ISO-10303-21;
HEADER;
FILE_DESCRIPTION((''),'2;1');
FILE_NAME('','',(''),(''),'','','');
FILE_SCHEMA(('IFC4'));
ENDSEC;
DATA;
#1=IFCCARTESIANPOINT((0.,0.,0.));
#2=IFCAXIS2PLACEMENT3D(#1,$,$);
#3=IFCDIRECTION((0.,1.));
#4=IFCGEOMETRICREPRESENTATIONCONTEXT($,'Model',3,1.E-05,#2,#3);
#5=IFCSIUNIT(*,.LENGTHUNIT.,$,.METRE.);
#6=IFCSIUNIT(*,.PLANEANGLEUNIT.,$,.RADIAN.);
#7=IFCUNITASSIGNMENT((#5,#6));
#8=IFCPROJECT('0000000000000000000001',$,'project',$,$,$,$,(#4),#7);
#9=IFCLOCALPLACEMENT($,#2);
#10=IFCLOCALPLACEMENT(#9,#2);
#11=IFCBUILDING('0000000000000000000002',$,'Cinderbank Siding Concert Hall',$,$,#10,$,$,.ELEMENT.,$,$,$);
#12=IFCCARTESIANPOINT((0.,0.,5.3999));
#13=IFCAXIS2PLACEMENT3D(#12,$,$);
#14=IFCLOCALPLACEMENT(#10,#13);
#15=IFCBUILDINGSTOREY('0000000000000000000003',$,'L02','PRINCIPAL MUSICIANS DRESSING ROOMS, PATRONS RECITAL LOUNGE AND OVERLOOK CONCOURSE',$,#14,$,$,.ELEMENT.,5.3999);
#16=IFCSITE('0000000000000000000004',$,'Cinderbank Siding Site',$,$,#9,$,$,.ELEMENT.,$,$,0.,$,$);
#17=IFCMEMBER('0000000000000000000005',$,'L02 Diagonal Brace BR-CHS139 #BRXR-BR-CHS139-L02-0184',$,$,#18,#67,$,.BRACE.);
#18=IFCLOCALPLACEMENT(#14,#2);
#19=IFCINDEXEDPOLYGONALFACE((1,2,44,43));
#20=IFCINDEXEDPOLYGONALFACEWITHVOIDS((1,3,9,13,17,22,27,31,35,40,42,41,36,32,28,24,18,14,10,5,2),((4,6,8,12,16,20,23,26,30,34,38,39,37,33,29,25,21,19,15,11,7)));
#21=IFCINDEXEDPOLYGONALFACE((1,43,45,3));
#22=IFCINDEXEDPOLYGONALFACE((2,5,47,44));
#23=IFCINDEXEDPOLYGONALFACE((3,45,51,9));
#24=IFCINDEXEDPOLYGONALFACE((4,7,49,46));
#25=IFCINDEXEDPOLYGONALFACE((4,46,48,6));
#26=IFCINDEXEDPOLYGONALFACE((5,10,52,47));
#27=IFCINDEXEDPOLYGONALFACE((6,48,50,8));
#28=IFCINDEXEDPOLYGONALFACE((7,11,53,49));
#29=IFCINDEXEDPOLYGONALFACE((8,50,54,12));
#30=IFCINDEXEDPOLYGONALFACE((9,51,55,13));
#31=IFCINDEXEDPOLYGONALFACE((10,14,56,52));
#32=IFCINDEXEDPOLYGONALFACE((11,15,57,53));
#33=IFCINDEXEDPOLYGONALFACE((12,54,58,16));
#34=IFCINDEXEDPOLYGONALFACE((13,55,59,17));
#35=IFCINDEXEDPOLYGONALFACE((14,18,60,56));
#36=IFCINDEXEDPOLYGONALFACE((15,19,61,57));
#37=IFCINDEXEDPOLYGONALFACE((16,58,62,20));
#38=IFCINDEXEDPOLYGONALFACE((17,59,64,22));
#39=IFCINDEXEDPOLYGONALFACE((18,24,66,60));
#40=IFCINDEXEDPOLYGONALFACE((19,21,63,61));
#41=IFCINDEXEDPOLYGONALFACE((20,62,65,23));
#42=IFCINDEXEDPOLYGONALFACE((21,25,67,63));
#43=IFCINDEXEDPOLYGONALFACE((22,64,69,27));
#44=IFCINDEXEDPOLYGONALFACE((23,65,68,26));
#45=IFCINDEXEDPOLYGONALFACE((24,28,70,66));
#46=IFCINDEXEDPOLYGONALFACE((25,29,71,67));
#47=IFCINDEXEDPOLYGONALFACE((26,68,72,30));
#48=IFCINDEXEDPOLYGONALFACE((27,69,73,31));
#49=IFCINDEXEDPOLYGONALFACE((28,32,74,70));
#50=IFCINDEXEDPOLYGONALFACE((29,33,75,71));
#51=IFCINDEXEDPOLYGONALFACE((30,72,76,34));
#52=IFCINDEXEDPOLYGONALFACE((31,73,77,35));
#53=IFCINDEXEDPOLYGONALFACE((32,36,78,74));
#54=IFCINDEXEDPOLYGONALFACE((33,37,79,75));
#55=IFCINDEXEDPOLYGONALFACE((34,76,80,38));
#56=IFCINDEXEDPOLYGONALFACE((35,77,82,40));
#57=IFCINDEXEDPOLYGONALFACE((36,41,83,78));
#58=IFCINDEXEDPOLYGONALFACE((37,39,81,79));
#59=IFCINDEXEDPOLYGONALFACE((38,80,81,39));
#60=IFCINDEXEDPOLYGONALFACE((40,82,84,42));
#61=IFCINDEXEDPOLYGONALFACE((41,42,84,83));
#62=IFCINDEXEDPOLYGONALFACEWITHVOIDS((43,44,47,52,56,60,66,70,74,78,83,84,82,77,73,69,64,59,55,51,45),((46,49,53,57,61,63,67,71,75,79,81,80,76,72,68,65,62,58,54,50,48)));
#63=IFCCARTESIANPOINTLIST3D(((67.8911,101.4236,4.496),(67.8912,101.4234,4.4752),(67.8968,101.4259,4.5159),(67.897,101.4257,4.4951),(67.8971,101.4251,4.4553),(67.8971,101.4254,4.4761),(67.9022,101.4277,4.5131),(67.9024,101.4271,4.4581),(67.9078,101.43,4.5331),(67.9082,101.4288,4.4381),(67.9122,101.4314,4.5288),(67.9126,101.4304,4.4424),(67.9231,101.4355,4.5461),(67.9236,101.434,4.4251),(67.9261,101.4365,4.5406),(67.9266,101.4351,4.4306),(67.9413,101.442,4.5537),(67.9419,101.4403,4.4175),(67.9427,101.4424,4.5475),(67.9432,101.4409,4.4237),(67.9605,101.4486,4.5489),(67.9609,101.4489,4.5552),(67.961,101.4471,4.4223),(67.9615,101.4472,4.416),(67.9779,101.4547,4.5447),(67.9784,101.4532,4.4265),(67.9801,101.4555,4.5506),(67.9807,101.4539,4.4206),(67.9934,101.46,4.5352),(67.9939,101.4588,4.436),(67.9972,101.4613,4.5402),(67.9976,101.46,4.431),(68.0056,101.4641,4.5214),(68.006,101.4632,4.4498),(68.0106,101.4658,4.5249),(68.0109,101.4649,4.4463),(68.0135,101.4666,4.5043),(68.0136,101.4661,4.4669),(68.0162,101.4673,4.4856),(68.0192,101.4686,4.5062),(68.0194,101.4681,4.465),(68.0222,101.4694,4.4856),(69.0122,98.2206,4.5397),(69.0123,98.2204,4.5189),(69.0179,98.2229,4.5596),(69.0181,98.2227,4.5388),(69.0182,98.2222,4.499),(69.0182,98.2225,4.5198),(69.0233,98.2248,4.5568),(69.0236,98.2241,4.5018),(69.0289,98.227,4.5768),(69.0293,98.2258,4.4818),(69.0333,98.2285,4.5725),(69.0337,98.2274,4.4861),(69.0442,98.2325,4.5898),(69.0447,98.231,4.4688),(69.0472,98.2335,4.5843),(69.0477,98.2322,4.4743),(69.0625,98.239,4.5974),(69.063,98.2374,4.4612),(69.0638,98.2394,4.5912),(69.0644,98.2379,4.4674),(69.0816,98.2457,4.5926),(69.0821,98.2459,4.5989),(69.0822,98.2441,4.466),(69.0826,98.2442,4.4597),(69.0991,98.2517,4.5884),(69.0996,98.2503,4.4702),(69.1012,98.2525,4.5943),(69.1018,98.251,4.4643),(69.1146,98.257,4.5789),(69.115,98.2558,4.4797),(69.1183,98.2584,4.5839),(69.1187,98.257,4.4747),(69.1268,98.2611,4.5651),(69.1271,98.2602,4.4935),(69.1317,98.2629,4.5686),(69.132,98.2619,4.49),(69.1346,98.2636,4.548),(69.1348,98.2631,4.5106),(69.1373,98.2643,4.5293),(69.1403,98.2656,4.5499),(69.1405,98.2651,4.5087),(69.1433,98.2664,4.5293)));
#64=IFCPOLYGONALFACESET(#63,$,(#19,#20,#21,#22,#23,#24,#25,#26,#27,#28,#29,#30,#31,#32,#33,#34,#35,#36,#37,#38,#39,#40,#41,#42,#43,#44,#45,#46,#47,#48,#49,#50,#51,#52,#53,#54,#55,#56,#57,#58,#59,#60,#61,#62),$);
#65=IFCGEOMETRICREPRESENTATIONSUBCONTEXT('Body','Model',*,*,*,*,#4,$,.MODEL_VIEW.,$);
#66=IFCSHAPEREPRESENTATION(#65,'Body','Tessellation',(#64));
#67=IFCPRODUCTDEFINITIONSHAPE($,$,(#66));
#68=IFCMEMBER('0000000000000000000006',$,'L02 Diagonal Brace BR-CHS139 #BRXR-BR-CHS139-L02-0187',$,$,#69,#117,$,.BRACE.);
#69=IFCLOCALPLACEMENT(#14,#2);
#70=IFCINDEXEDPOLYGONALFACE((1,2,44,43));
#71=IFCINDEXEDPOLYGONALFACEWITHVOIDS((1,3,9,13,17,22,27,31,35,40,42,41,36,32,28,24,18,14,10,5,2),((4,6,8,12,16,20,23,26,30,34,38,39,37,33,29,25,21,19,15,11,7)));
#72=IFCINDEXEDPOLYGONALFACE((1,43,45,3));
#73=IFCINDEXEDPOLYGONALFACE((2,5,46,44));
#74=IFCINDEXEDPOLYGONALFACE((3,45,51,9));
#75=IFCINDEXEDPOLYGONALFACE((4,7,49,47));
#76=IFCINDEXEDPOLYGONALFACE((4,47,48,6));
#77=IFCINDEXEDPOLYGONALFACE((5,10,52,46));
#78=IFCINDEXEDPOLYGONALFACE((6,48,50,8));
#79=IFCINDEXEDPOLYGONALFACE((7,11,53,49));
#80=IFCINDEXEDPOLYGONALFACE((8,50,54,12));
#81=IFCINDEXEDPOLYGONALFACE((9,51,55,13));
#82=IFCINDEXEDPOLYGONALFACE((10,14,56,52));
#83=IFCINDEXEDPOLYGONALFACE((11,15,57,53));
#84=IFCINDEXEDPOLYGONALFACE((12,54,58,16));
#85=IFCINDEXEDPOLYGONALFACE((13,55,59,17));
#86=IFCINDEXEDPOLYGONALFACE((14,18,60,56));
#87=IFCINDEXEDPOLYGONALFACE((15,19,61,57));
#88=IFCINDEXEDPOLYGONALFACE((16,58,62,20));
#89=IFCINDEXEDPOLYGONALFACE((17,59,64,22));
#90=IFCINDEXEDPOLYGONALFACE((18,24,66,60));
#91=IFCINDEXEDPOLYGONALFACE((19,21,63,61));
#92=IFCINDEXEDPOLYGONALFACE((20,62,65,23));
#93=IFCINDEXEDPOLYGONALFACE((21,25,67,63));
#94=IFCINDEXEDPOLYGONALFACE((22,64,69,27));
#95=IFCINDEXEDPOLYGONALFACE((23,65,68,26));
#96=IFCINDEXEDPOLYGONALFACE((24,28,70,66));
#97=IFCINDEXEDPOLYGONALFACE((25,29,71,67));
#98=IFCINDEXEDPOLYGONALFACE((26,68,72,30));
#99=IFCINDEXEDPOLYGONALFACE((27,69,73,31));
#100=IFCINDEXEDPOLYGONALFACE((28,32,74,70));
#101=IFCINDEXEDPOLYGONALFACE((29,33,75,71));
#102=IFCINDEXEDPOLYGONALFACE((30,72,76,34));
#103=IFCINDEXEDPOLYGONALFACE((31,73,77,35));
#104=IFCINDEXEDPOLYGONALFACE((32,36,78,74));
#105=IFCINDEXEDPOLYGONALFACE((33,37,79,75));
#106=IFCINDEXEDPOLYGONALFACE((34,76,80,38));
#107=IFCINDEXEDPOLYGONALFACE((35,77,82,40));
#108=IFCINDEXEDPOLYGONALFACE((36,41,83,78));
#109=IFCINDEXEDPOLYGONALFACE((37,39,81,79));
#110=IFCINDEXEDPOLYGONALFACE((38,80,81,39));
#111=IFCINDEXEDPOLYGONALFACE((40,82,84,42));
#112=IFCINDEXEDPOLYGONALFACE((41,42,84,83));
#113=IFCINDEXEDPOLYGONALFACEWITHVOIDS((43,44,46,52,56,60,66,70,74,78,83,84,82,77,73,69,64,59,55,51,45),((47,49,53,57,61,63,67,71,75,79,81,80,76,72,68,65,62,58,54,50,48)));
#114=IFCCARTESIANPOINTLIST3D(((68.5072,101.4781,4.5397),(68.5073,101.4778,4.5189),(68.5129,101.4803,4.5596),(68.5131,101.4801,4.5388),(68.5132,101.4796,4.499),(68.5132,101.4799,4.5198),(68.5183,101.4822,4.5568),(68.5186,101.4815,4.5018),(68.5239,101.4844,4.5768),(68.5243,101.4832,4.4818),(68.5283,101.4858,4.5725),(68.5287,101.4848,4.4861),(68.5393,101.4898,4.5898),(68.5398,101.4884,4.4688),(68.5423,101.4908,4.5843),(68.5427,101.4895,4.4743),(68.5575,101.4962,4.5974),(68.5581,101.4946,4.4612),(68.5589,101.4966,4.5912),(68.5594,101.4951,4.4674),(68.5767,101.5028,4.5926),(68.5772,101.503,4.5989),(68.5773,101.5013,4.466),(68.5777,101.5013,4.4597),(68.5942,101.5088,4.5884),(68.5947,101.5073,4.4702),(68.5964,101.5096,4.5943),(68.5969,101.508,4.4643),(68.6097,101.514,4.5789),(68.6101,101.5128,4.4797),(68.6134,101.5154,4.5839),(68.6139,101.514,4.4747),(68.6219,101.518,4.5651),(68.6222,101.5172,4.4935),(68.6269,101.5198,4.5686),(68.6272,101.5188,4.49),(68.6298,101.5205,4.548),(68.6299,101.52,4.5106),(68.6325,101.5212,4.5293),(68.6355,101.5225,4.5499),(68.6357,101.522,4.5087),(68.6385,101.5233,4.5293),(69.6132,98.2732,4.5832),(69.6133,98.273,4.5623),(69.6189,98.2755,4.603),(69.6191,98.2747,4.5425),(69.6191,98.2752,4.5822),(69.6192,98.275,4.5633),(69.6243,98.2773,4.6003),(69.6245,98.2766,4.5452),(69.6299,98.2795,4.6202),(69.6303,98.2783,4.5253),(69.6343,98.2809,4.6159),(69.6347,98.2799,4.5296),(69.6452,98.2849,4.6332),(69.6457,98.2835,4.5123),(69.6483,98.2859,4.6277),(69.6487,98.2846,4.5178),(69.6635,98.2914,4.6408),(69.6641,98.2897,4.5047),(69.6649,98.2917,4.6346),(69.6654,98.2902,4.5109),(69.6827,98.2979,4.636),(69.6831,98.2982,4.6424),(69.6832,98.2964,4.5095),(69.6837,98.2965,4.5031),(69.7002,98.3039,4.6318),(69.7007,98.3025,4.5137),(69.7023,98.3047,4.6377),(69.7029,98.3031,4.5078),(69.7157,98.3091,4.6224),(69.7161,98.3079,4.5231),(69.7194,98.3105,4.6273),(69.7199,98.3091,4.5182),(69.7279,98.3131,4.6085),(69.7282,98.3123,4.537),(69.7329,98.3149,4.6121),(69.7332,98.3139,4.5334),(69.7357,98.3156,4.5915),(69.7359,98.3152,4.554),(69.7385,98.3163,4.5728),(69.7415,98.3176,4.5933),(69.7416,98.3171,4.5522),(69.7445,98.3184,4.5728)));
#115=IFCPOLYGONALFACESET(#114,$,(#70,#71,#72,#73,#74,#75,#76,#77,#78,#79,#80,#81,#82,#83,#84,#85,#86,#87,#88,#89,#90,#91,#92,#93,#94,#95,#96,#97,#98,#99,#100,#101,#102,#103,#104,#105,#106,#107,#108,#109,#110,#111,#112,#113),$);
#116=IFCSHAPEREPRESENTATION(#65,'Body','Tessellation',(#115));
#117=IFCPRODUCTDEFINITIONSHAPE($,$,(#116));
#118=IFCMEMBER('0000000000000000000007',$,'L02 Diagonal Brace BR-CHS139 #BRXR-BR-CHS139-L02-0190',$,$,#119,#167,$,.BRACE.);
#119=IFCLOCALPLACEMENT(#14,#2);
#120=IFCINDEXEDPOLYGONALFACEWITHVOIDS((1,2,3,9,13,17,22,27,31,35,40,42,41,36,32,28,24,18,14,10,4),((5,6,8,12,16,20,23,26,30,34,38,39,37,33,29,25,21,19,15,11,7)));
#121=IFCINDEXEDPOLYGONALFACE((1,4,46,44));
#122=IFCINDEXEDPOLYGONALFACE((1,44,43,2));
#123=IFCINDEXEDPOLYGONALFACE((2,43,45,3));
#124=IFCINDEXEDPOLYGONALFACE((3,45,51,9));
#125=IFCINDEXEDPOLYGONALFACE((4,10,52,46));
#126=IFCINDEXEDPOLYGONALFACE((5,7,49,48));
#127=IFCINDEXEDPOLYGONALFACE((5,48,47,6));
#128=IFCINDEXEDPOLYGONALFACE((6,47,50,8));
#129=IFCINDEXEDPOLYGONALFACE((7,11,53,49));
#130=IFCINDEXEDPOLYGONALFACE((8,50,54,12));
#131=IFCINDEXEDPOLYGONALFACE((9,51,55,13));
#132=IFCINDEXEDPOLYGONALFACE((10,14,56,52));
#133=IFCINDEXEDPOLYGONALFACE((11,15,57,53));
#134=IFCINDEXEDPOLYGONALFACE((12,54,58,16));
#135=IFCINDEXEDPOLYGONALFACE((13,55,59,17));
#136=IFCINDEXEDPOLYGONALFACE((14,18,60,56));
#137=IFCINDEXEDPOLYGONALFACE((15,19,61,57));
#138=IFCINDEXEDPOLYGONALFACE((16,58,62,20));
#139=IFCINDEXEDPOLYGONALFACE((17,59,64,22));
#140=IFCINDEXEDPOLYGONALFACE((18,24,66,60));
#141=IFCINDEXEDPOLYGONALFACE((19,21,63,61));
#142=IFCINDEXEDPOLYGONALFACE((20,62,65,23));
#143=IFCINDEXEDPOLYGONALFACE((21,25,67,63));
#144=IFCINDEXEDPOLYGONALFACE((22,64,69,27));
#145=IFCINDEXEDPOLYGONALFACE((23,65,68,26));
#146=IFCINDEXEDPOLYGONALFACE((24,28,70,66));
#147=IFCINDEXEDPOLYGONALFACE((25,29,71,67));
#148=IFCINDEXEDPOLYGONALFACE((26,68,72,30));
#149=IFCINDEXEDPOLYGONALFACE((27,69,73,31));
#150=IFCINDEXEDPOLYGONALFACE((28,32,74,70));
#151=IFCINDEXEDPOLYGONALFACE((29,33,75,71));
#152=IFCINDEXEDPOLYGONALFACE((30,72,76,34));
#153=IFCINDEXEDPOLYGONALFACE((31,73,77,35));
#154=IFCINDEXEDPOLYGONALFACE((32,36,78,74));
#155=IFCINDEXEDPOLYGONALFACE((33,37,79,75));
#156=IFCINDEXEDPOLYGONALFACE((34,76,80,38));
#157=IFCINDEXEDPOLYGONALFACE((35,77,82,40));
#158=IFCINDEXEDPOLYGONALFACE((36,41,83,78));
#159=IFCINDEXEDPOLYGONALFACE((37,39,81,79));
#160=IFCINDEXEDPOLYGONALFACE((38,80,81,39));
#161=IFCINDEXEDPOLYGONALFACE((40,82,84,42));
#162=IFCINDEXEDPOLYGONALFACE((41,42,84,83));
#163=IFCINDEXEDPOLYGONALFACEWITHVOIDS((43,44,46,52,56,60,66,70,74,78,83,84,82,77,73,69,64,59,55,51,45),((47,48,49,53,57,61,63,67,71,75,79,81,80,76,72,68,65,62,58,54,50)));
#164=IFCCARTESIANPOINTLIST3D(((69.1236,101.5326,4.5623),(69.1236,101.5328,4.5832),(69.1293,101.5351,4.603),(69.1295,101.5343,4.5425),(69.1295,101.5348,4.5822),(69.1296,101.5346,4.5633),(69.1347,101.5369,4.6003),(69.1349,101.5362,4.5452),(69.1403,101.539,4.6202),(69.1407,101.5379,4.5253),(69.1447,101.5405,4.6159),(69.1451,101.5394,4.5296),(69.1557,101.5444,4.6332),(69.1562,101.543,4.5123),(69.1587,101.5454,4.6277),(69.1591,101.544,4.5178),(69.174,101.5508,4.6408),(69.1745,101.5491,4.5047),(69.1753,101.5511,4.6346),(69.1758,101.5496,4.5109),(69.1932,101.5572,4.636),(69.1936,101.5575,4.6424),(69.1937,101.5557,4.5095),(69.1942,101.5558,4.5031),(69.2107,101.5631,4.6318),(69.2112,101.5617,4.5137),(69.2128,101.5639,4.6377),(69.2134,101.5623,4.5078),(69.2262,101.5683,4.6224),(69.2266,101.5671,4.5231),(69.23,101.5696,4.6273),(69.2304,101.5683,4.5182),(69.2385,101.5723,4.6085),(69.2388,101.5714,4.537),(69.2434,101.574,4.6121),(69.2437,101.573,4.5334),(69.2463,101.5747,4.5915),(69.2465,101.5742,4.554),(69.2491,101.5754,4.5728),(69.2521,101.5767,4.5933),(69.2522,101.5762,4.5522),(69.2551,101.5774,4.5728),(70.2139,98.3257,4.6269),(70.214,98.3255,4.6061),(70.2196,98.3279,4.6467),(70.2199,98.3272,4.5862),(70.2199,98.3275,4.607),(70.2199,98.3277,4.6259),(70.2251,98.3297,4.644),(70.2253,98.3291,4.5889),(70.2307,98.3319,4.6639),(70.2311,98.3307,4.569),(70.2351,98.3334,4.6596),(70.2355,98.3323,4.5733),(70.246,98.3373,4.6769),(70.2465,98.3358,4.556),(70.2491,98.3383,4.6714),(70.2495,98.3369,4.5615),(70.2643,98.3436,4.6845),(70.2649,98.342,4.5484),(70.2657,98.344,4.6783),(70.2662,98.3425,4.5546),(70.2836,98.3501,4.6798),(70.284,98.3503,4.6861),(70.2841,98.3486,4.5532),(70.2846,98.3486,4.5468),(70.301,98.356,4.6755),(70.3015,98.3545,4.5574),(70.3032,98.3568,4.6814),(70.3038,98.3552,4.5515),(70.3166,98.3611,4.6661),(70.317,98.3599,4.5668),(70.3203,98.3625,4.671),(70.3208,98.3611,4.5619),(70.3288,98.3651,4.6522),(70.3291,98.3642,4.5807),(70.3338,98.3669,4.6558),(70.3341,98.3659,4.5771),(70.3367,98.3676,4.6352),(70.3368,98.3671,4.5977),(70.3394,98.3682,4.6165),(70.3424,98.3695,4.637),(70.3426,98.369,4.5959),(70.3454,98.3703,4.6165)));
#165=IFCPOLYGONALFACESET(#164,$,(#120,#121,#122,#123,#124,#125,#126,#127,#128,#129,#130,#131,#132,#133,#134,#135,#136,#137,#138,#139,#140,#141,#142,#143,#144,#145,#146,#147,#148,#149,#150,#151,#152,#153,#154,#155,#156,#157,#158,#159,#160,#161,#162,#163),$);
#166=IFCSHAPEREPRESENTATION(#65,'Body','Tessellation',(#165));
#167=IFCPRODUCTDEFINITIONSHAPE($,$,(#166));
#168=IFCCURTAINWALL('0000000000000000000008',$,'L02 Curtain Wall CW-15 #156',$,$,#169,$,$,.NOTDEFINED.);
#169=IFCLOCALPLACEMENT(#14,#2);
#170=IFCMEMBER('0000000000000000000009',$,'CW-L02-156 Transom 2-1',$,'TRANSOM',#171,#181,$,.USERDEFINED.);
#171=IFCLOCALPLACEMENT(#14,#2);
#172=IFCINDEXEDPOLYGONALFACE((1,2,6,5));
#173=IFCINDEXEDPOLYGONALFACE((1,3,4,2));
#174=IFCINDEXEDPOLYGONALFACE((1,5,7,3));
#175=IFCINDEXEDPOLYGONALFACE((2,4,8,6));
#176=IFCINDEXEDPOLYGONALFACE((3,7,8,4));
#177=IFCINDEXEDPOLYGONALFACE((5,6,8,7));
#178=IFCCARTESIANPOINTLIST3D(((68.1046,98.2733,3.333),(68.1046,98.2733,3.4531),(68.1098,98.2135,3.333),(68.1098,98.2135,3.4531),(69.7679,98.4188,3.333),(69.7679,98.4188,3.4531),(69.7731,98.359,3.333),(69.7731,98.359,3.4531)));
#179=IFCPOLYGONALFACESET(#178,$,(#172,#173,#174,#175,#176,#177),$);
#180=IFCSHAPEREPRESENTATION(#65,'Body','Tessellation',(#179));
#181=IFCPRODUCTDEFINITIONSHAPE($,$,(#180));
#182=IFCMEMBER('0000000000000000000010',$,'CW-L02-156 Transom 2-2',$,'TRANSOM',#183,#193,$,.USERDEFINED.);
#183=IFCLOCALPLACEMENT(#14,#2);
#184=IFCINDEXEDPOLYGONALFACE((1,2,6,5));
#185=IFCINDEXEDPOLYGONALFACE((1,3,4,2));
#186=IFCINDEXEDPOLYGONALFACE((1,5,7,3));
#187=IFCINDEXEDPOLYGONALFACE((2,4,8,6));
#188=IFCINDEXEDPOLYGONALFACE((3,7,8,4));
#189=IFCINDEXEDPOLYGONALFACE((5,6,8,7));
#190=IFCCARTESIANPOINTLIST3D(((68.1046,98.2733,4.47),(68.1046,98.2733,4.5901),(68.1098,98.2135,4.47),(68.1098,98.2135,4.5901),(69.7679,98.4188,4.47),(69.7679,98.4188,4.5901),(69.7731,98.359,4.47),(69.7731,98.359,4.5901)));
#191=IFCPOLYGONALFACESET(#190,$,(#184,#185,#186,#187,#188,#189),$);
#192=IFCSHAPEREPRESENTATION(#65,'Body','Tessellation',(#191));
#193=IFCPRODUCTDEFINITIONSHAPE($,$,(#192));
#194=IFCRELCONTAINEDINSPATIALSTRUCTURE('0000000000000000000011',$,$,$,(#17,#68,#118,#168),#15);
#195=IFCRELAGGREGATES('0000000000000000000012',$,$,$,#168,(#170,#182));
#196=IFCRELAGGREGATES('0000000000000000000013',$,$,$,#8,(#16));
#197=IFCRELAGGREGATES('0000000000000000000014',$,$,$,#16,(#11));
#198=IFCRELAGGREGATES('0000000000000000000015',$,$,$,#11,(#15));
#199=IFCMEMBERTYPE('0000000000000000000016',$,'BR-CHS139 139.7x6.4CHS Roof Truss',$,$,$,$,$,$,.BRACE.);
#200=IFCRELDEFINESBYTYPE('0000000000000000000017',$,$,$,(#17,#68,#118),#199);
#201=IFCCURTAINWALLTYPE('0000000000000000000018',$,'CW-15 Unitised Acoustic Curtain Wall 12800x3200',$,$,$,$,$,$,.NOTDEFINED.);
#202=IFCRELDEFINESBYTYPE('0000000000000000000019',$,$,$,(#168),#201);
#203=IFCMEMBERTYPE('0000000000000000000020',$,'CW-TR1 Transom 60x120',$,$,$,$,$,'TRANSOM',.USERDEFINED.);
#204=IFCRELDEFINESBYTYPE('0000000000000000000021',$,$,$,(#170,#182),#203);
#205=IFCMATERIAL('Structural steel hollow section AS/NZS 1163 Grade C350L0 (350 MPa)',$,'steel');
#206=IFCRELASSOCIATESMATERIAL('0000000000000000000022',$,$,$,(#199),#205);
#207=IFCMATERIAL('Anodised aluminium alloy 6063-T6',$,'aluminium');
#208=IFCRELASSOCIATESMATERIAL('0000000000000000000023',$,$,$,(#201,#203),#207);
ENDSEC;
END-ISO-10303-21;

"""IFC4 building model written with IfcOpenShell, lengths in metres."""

from ifc_helpers import new_model, si_unit, direction, frame, origin, origin_2d, place, context, subcontext, project, spatial, rectangle, hollow_circle, extrude, material, material_profile, profile_set, type_object, element, aggregate, save


model = new_model("IFC4")

# Units and contexts
model_context = context("Model", 3, precision=1e-05, world=origin(), true_north=direction((0.0, 1.0)))
body_context = subcontext(model_context, "Body", "Model", "MODEL_VIEW")
ifc_project = project(units=[si_unit("LENGTHUNIT", "METRE"), si_unit("PLANEANGLEUNIT", "RADIAN")], contexts=[model_context])

# Site, building, storey
site_placement = place(None, origin())
site = spatial("IfcSite", under=ifc_project, at=site_placement, Name="Cinderbank Siding Site", CompositionType="ELEMENT", RefElevation=0.0)
building_placement = place(site_placement, origin())
building = spatial("IfcBuilding", under=site, at=building_placement, Name="Cinderbank Siding Concert Hall", CompositionType="ELEMENT")
storey_placement = place(building_placement, frame((0.0, 0.0, 5.3999)))
storey = spatial("IfcBuildingStorey", under=building, at=storey_placement, Name="L02", Description="PRINCIPAL MUSICIANS DRESSING ROOMS, PATRONS RECITAL LOUNGE AND OVERLOOK CONCOURSE", CompositionType="ELEMENT", Elevation=5.3999)

# Members
ifc_material_1 = material(Name="Structural steel hollow section AS/NZS 1163 Grade C350L0 (350 MPa)", Category="steel")
ifc_material_profile_1 = material_profile(ifc_material_1, hollow_circle(Radius=0.0698, WallThickness=0.0063, at=origin_2d()), Name="139.7x6.4CHS", Category="LoadBearing")
ifc_profile_set_1 = profile_set([ifc_material_profile_1], Name="Structural steel hollow section AS/NZS 1163 Grade C350L0 (350 MPa)")
member_type_1 = type_object("IfcMemberType", Name="BR-CHS139 139.7x6.4CHS Roof Truss", PredefinedType="BRACE", material=ifc_profile_set_1)
member_1_placement = place(storey_placement, frame((67.9563, 101.4463, 4.4856), z_axis=(0.330345, -0.943772, 0.012877), x_axis=(0.943851, 0.330373, 0.0)))
element("IfcMember", 1, at=member_1_placement, inside=storey, type_object=member_type_1, Name="L02 Diagonal Brace BR-CHS139 #BRXR-BR-CHS139-L02-0184", PredefinedType="BRACE", context=body_context, shape_type="SweptSolid", body=[
    extrude(hollow_circle(Radius=0.0698, WallThickness=0.0063, at=origin_2d()), origin(), (0.0, 0.0, 1.0), 3.3938),
])
member_2_placement = place(storey_placement, frame((68.5725, 101.5005, 4.5293), z_axis=(0.326186, -0.945219, 0.012817), x_axis=(0.945296, 0.326213, 0.0)))
element("IfcMember", 2, at=member_2_placement, inside=storey, type_object=member_type_1, Name="L02 Diagonal Brace BR-CHS139 #BRXR-BR-CHS139-L02-0187", PredefinedType="BRACE", context=body_context, shape_type="SweptSolid", body=[
    extrude(hollow_circle(Radius=0.0698, WallThickness=0.0063, at=origin_2d()), origin(), (0.0, 0.0, 1.0), 3.3906),
])
member_3_placement = place(storey_placement, frame((69.189, 101.5549, 4.5728), z_axis=(0.32186, -0.946699, 0.0129), x_axis=(0.946778, 0.321887, 0.0)))
element("IfcMember", 3, at=member_3_placement, inside=storey, type_object=member_type_1, Name="L02 Diagonal Brace BR-CHS139 #BRXR-BR-CHS139-L02-0190", PredefinedType="BRACE", context=body_context, shape_type="SweptSolid", body=[
    extrude(hollow_circle(Radius=0.0698, WallThickness=0.0063, at=origin_2d()), origin(), (0.0, 0.0, 1.0), 3.3877),
])

# Curtain wall, members
ifc_material_2 = material(Name="Anodised aluminium alloy 6063-T6", Category="aluminium")
curtain_wall_type = type_object("IfcCurtainWallType", Name="CW-15 Unitised Acoustic Curtain Wall 12800x3200", PredefinedType="NOTDEFINED", material=ifc_material_2)
curtain_wall_1_placement = place(storey_placement, origin())
curtain_wall_1 = element("IfcCurtainWall", 4, at=curtain_wall_1_placement, inside=storey, type_object=curtain_wall_type, Name="L02 Curtain Wall CW-15 #156", PredefinedType="NOTDEFINED")
ifc_material_profile_2 = material_profile(ifc_material_2, rectangle(XDim=0.0601, YDim=0.1201, at=origin_2d()), Name="ALU-TRAN-60x120", Category="LoadBearing")
ifc_profile_set_2 = profile_set([ifc_material_profile_2], Name="Anodised aluminium alloy 6063-T6")
member_type_2 = type_object("IfcMemberType", Name="CW-TR1 Transom 60x120", ElementType="TRANSOM", PredefinedType="USERDEFINED", material=ifc_profile_set_2)
member_4_placement = place(storey_placement, frame((68.1072, 98.2434, 3.3931), z_axis=(0.996195, 0.087147, 0.0), x_axis=(-0.087147, 0.996195, 0.0)))
member_4 = element("IfcMember", 5, at=member_4_placement, type_object=member_type_2, Name="CW-L02-156 Transom 2-1", ObjectType="TRANSOM", PredefinedType="USERDEFINED", context=body_context, shape_type="SweptSolid", body=[
    extrude(rectangle(XDim=0.0601, YDim=0.1201, at=origin_2d()), origin(), (0.0, 0.0, 1.0), 1.6697),
])
member_5_placement = place(storey_placement, frame((68.1072, 98.2434, 4.53), z_axis=(0.996195, 0.087147, 0.0), x_axis=(-0.087147, 0.996195, 0.0)))
member_5 = element("IfcMember", 6, at=member_5_placement, type_object=member_type_2, Name="CW-L02-156 Transom 2-2", ObjectType="TRANSOM", PredefinedType="USERDEFINED", context=body_context, shape_type="SweptSolid", body=[
    extrude(rectangle(XDim=0.0601, YDim=0.1201, at=origin_2d()), origin(), (0.0, 0.0, 1.0), 1.6697),
])

aggregate(curtain_wall_1, [member_4, member_5])

save(model, "model.ifc")
